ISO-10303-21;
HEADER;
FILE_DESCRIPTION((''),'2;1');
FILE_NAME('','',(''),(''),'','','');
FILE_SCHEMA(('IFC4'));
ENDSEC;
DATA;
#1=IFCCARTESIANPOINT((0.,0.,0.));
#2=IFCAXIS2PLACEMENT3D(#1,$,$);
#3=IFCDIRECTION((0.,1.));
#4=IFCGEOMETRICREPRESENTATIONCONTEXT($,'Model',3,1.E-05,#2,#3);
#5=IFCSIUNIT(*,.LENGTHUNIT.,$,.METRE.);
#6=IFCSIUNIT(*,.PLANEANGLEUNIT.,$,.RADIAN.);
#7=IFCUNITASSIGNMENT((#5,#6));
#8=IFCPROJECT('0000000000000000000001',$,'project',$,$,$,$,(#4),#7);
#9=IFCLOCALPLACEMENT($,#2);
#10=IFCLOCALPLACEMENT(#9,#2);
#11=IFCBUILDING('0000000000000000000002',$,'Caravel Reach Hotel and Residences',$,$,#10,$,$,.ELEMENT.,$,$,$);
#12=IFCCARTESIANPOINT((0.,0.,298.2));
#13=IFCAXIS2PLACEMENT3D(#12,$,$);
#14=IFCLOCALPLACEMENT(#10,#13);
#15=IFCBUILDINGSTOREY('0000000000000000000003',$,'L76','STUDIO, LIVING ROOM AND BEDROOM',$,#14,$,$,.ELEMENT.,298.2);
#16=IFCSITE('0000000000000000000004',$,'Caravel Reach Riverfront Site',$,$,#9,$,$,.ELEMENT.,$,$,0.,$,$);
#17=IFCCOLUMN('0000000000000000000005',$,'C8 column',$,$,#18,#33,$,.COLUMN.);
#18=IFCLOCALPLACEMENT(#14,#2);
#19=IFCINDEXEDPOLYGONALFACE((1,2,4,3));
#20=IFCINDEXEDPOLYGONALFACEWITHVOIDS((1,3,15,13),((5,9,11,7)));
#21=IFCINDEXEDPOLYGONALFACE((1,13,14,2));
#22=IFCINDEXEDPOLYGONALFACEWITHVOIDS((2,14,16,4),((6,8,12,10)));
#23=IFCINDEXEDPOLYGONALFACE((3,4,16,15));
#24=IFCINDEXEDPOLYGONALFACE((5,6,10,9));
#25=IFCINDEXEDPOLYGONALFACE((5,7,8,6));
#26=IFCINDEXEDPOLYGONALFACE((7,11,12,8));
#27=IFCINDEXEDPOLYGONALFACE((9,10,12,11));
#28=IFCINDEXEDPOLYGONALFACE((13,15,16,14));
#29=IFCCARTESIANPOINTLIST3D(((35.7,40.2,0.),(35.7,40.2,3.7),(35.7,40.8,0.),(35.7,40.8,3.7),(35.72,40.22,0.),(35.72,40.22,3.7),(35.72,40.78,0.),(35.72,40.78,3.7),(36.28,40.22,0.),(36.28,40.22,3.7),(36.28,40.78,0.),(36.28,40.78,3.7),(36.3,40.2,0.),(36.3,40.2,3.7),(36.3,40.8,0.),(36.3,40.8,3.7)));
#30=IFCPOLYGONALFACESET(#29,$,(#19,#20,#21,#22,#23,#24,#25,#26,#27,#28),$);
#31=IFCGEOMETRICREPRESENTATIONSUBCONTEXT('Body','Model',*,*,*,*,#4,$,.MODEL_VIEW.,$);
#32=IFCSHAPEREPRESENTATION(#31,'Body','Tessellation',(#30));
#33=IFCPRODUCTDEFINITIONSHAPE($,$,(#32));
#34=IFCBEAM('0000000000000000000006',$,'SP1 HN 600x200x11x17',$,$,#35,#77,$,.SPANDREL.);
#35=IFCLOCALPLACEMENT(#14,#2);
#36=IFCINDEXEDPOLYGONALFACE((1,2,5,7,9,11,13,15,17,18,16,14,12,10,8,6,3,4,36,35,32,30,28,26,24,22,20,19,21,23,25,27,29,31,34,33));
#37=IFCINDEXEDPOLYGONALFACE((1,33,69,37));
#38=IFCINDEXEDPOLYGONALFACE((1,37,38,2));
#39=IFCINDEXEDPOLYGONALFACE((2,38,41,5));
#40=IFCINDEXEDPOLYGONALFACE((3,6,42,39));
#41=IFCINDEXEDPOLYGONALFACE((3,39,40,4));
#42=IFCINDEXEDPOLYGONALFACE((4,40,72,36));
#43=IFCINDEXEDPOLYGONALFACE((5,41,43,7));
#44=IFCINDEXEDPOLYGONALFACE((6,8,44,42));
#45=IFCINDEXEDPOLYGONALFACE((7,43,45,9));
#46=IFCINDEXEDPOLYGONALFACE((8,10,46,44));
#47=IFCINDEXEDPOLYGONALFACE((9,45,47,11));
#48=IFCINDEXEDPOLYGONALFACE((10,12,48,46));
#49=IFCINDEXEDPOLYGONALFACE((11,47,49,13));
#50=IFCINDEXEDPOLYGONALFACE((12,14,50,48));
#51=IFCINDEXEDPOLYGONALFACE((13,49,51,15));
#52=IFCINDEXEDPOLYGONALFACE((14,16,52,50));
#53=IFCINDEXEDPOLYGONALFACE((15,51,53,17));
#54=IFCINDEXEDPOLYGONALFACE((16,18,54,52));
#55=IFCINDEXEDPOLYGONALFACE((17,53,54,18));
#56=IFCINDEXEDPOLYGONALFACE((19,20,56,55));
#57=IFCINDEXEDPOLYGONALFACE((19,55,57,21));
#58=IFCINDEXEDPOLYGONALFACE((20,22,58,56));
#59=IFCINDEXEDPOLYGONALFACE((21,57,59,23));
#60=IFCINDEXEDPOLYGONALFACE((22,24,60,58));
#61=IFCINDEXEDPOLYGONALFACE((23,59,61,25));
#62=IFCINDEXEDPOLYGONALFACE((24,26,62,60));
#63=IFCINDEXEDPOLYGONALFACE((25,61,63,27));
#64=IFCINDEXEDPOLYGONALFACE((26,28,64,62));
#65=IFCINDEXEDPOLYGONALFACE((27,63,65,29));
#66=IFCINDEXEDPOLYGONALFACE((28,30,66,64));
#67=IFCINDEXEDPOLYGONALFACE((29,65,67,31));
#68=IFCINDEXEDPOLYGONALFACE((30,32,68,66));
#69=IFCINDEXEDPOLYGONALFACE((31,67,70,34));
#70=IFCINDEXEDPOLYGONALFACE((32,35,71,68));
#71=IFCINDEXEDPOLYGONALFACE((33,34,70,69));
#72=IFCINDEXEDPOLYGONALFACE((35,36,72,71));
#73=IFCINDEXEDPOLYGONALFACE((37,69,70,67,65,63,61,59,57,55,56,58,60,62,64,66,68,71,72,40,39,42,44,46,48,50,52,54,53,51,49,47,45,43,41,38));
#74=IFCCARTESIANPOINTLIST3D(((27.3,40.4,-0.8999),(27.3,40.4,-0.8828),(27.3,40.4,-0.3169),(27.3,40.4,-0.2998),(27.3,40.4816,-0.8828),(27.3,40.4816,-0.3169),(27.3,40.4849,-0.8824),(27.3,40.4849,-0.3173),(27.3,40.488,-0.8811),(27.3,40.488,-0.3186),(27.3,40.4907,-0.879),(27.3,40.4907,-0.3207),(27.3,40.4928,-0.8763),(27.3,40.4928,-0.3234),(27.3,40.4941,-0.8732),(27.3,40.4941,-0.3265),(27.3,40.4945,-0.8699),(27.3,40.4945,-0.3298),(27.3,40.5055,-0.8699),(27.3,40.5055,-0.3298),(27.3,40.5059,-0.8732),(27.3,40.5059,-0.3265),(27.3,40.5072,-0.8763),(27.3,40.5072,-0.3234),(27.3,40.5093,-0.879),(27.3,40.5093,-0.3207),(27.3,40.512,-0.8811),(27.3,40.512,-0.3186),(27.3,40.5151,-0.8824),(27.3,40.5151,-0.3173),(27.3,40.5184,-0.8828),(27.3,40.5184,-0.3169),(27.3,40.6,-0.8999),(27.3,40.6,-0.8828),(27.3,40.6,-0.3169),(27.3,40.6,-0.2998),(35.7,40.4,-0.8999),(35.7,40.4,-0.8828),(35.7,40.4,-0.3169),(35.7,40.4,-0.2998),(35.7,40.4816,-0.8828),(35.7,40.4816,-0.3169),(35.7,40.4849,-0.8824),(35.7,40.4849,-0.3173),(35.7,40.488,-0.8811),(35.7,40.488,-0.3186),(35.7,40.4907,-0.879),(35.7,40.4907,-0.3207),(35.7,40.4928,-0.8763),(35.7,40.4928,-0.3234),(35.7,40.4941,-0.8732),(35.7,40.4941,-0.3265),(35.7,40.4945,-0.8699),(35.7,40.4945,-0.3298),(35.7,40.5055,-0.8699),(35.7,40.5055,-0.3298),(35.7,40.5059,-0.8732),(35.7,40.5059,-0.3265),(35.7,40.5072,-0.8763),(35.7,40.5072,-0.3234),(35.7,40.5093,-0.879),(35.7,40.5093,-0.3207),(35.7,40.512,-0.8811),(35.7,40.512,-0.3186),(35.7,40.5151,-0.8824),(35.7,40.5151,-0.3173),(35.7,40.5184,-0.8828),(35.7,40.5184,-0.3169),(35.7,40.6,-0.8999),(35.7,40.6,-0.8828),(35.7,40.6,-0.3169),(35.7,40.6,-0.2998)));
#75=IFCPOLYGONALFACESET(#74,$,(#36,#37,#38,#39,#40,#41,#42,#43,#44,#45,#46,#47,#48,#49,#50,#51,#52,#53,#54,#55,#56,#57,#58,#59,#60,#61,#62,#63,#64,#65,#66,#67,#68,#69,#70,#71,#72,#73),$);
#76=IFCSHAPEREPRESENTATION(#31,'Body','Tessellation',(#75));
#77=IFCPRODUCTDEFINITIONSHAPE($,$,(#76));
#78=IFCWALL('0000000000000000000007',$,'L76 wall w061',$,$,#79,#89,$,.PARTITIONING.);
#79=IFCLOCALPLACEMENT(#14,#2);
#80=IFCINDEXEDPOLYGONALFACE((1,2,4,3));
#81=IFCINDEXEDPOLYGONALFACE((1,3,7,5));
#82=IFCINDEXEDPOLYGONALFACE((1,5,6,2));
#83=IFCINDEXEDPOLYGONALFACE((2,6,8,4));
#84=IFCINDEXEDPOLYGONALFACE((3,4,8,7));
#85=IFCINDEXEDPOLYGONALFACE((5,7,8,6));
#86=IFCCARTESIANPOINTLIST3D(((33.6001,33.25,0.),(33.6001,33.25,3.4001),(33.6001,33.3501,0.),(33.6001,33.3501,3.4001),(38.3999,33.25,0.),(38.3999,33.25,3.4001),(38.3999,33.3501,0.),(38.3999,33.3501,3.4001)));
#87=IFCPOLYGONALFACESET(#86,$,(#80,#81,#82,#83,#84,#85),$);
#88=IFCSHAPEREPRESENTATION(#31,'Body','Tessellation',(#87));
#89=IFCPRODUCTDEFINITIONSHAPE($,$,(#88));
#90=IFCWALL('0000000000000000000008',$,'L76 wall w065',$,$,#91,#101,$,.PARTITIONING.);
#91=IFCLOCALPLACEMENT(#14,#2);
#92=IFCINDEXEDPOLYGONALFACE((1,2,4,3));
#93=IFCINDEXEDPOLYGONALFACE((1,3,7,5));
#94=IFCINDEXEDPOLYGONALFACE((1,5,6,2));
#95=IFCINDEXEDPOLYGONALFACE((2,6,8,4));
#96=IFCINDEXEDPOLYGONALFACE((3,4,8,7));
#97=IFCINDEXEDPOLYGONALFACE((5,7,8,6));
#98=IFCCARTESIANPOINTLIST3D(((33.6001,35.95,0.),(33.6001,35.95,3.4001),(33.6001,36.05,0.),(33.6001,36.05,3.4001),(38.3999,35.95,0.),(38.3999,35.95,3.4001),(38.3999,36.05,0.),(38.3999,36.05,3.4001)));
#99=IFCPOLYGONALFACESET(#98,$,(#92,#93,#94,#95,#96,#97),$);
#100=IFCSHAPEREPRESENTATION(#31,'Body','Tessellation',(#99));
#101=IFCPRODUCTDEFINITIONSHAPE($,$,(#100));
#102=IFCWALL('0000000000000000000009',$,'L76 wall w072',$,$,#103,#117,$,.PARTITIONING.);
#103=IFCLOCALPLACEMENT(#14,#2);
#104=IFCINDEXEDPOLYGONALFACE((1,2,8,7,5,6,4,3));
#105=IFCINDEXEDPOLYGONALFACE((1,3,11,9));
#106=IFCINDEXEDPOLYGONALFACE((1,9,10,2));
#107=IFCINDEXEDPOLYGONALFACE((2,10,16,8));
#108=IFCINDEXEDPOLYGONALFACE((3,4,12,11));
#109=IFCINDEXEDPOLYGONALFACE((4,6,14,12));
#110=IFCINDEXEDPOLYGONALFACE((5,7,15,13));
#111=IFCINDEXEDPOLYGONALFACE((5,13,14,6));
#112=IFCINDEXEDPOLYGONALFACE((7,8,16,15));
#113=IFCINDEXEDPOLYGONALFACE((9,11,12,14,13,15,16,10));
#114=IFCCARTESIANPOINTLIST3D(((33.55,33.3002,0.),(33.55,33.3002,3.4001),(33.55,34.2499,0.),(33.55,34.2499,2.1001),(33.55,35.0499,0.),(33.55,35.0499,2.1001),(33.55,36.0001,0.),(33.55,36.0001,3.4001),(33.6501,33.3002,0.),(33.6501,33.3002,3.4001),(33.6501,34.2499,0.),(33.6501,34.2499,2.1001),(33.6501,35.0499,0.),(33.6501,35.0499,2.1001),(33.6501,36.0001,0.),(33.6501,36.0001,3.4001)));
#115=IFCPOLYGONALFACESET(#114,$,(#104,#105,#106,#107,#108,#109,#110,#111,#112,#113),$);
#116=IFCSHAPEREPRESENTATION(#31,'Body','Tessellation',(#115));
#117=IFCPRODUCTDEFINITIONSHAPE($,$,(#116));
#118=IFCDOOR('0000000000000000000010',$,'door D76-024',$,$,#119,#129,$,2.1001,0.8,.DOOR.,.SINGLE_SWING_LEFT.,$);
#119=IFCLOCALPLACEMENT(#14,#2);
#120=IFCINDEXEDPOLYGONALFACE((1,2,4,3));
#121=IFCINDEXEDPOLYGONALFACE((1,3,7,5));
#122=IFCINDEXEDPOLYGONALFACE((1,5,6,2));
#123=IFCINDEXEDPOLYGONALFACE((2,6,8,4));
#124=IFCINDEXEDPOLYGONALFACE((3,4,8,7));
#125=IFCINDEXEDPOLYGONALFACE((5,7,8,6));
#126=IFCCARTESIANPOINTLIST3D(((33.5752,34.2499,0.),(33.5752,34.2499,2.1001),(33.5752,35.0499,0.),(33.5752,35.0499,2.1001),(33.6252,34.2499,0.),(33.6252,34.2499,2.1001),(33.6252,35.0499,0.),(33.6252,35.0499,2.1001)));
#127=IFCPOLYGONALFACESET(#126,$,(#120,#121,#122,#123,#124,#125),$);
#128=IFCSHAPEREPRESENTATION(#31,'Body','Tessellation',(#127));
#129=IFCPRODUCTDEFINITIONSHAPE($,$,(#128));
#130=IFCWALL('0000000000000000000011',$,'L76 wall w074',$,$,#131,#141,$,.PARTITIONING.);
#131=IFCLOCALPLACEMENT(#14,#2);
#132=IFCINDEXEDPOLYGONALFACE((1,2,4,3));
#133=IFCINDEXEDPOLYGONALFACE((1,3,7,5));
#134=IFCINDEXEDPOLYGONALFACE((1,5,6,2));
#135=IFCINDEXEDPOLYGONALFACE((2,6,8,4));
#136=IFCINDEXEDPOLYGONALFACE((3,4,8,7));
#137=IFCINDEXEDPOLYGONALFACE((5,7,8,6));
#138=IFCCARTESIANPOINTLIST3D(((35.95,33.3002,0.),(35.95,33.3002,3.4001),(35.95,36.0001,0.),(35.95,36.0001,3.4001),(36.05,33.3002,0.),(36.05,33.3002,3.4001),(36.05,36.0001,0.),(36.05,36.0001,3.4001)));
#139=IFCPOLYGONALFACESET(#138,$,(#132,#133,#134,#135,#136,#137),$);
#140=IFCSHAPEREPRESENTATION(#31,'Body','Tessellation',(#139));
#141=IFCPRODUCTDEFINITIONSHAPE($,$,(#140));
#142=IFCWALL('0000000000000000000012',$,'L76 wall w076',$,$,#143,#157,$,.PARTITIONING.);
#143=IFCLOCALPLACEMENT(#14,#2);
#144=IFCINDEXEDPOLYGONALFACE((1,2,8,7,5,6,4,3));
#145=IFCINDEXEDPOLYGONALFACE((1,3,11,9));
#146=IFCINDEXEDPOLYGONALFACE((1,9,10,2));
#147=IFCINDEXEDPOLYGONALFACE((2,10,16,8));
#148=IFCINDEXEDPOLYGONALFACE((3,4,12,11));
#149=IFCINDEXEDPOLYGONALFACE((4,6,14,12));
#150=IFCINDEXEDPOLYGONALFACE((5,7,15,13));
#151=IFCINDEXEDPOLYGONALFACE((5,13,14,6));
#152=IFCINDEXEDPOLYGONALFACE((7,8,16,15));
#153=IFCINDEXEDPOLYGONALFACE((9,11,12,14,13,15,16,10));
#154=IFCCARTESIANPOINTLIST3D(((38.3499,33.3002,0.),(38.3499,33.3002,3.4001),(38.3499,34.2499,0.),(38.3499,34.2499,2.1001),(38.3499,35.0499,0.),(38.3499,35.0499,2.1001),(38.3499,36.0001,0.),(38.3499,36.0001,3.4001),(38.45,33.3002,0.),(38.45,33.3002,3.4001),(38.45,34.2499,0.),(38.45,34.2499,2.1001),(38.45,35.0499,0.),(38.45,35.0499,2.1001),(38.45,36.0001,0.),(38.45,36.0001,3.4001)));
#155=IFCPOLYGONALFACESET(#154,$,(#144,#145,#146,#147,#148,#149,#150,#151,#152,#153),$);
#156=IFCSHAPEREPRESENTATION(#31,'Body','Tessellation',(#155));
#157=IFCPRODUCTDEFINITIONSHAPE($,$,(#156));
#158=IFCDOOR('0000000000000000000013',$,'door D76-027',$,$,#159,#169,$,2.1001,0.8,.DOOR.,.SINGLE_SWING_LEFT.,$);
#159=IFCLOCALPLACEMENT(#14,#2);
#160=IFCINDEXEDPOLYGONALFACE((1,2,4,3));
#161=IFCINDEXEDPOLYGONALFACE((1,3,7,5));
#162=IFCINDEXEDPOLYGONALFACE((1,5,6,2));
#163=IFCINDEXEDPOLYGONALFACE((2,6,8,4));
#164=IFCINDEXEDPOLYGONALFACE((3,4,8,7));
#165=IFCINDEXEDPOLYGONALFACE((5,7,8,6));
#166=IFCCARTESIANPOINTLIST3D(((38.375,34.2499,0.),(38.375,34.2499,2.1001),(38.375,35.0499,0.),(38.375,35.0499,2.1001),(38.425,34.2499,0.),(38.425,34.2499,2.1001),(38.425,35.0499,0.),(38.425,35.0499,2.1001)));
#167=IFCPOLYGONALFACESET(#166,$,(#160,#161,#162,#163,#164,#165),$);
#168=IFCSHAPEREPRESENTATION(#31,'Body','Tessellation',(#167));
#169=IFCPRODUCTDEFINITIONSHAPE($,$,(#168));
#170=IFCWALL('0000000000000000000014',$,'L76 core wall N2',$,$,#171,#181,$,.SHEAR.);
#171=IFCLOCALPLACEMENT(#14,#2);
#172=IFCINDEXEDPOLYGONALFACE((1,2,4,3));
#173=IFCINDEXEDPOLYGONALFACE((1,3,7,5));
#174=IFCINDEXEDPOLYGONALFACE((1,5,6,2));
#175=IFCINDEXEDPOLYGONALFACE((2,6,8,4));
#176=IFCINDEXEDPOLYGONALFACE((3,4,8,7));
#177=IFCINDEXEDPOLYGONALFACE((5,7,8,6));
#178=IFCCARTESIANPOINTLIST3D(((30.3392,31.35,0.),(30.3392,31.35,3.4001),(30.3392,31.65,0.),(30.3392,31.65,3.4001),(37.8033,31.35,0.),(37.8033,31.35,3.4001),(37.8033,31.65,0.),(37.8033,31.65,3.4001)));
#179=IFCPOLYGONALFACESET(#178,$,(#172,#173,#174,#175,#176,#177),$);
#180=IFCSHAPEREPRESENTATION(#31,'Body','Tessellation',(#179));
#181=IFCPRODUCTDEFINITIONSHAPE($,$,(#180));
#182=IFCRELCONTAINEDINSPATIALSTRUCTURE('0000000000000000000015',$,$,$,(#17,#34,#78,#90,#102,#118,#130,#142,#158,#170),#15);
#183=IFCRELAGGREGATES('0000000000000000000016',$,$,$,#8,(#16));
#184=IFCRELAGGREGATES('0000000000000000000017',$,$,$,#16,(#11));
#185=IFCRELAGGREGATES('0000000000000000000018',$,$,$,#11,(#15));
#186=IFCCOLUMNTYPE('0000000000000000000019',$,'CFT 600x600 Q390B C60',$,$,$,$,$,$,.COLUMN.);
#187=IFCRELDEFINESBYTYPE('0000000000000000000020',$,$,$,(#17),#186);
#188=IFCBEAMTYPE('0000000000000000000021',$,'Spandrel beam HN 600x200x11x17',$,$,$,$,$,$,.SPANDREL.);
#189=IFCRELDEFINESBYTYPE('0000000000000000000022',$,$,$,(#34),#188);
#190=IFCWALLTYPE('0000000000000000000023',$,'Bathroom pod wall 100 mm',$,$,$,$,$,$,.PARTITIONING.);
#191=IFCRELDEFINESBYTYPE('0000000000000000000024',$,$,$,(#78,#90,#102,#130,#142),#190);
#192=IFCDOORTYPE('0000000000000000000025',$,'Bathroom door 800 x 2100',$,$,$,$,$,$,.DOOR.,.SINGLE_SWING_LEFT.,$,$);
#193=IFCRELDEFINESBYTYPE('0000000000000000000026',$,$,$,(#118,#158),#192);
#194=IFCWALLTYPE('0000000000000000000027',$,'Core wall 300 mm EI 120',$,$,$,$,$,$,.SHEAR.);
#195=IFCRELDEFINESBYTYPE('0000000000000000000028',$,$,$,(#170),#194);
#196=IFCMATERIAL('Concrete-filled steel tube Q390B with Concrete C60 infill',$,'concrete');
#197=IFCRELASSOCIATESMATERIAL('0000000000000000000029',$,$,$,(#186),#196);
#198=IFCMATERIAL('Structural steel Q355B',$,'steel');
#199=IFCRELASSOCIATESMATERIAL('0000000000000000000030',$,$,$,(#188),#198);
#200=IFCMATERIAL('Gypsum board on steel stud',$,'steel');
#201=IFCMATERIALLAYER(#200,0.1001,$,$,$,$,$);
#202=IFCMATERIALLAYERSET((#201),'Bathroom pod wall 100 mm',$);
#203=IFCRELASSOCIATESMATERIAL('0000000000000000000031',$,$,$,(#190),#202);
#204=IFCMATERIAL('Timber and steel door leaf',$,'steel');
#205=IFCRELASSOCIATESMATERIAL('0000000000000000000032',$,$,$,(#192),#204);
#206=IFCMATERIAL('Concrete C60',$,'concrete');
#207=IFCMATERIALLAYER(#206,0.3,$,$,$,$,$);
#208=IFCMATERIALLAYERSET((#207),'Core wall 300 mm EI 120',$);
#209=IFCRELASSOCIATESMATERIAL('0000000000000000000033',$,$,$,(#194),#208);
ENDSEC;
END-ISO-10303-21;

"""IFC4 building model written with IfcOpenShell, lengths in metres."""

from ifc_helpers import new_model, si_unit, direction, frame, frame_2d, origin, origin_2d, place, context, subcontext, project, spatial, rectangle, hollow_rectangle, i_section, extrude, material, layer, layer_set, material_profile, profile_set, type_object, element, fill, save


model = new_model("IFC4")

# Units and contexts
model_context = context("Model", 3, precision=1e-05, world=origin(), true_north=direction((0.0, 1.0)))
body_context = subcontext(model_context, "Body", "Model", "MODEL_VIEW")
ifc_project = project(units=[si_unit("LENGTHUNIT", "METRE"), si_unit("PLANEANGLEUNIT", "RADIAN")], contexts=[model_context])

# Site, building, storey
site_placement = place(None, origin())
site = spatial("IfcSite", under=ifc_project, at=site_placement, Name="Caravel Reach Riverfront Site", CompositionType="ELEMENT", RefElevation=0.0)
building_placement = place(site_placement, origin())
building = spatial("IfcBuilding", under=site, at=building_placement, Name="Caravel Reach Hotel and Residences", CompositionType="ELEMENT")
storey_placement = place(building_placement, frame((0.0, 0.0, 298.2)))
storey = spatial("IfcBuildingStorey", under=building, at=storey_placement, Name="L76", Description="STUDIO, LIVING ROOM AND BEDROOM", CompositionType="ELEMENT", Elevation=298.2)

# Column
ifc_material_1 = material(Name="Concrete-filled steel tube Q390B with Concrete C60 infill", Category="concrete")
ifc_material_profile_1 = material_profile(ifc_material_1, hollow_rectangle(XDim=0.6001, YDim=0.6001, WallThickness=0.02, at=origin_2d()), Name="RHS 600x600x20")
ifc_profile_set_1 = profile_set([ifc_material_profile_1], Name="Concrete-filled steel tube Q390B with Concrete C60 infill")
column_type = type_object("IfcColumnType", Name="CFT 600x600 Q390B C60", PredefinedType="COLUMN", material=ifc_profile_set_1)
column_placement = place(storey_placement, frame((36.0, 40.5, 0.0), z_axis=(0.0, 0.0, 1.0), x_axis=(1.0, 0.0, 0.0)))
element("IfcColumn", 1, at=column_placement, inside=storey, type_object=column_type, Name="C8 column", PredefinedType="COLUMN", context=body_context, shape_type="SweptSolid", body=[
    extrude(hollow_rectangle(XDim=0.6001, YDim=0.6001, WallThickness=0.02, at=origin_2d()), origin(), (0.0, 0.0, 1.0), 3.7),
])

# Beam
ifc_material_2 = material(Name="Structural steel Q355B", Category="steel")
ifc_material_profile_2 = material_profile(ifc_material_2, i_section(OverallWidth=0.2, OverallDepth=0.6001, WebThickness=0.011, FlangeThickness=0.0171, FilletRadius=0.0129, at=origin_2d()), Name="HN 600x200x11x17")
ifc_profile_set_2 = profile_set([ifc_material_profile_2], Name="Structural steel Q355B")
beam_type = type_object("IfcBeamType", Name="Spandrel beam HN 600x200x11x17", PredefinedType="SPANDREL", material=ifc_profile_set_2)
beam_placement = place(storey_placement, frame((35.7, 40.5, -0.5999), z_axis=(-1.0, 0.0, 0.0), x_axis=(0.0, -1.0, 0.0)))
element("IfcBeam", 2, at=beam_placement, inside=storey, type_object=beam_type, Name="SP1 HN 600x200x11x17", PredefinedType="SPANDREL", context=body_context, shape_type="SweptSolid", body=[
    extrude(i_section(OverallWidth=0.2, OverallDepth=0.6001, WebThickness=0.011, FlangeThickness=0.0171, FilletRadius=0.0129, at=origin_2d()), origin(), (0.0, 0.0, 1.0), 8.3999),
])

# Walls
ifc_material_3 = material(Name="Gypsum board on steel stud", Category="steel")
ifc_layer_1 = layer(ifc_material_3, 0.1001)
ifc_layer_set_1 = layer_set([ifc_layer_1], Name="Bathroom pod wall 100 mm")
wall_type_1 = type_object("IfcWallType", Name="Bathroom pod wall 100 mm", PredefinedType="PARTITIONING", material=ifc_layer_set_1)
for number, where, z_axis, x_axis, name in (
    (3, (33.6001, 33.3, 0.0), (0.0, 0.0, 1.0), (1.0, 0.0, 0.0), "L76 wall w061"),
    (4, (33.6001, 36.0, 0.0), (0.0, 0.0, 1.0), (1.0, 0.0, 0.0), "L76 wall w065"),
):
    element("IfcWall", number, at=place(storey_placement, frame(where, z_axis=z_axis, x_axis=x_axis)), inside=storey, type_object=wall_type_1, Name=name, PredefinedType="PARTITIONING", context=body_context, shape_type="SweptSolid", body=[
        extrude(rectangle(XDim=4.7998, YDim=0.1001, at=frame_2d((2.3999, 0.0))), origin(), (0.0, 0.0, 1.0), 3.4001),
    ])

# Wall, opening, door
wall_1_placement = place(storey_placement, frame((33.6001, 33.3, 0.0), z_axis=(0.0, 0.0, 1.0), x_axis=(0.0, 1.0, 0.0)))
wall_1 = element("IfcWall", 5, at=wall_1_placement, inside=storey, type_object=wall_type_1, Name="L76 wall w072", PredefinedType="PARTITIONING", context=body_context, shape_type="SweptSolid", body=[
    extrude(rectangle(XDim=2.7, YDim=0.1001, at=frame_2d((1.3501, 0.0))), origin(), (0.0, 0.0, 1.0), 3.4001),
])
opening_1_placement = place(wall_1_placement, frame((0.95, 0.0, 0.0)))
opening_1 = element("IfcOpeningElement", 6, at=opening_1_placement, cuts=wall_1, PredefinedType="OPENING", context=body_context, shape_type="SweptSolid", body=[
    extrude(rectangle(XDim=0.8, YDim=2.1001, at=frame_2d((0.3999, 1.05))), frame((0.0, 0.0601, 0.0), z_axis=(0.0, -1.0, 0.0), x_axis=(1.0, 0.0, 0.0)), (0.0, 0.0, 1.0), 0.1201),
])
ifc_material_4 = material(Name="Timber and steel door leaf", Category="steel")
door_type_1 = type_object("IfcDoorType", Name="Bathroom door 800 x 2100", OperationType="SINGLE_SWING_LEFT", PredefinedType="DOOR", material=ifc_material_4)
door_1_placement = place(opening_1_placement, origin())
door_1 = element("IfcDoor", 7, at=door_1_placement, inside=storey, type_object=door_type_1, Name="door D76-024", OperationType="SINGLE_SWING_LEFT", OverallHeight=2.1001, OverallWidth=0.8, PredefinedType="DOOR", context=body_context, shape_type="SweptSolid", body=[
    extrude(rectangle(XDim=0.8, YDim=2.1001, at=frame_2d((0.3999, 1.05))), frame((0.0, 0.0249, 0.0), z_axis=(0.0, -1.0, 0.0), x_axis=(1.0, 0.0, 0.0)), (0.0, 0.0, 1.0), 0.05),
])
fill(opening_1, door_1)

# Wall
wall_2_placement = place(storey_placement, frame((36.0, 33.3, 0.0), z_axis=(0.0, 0.0, 1.0), x_axis=(0.0, 1.0, 0.0)))
element("IfcWall", 8, at=wall_2_placement, inside=storey, type_object=wall_type_1, Name="L76 wall w074", PredefinedType="PARTITIONING", context=body_context, shape_type="SweptSolid", body=[
    extrude(rectangle(XDim=2.7, YDim=0.1001, at=frame_2d((1.3501, 0.0))), origin(), (0.0, 0.0, 1.0), 3.4001),
])

# Wall, opening, door
wall_3_placement = place(storey_placement, frame((38.3999, 33.3, 0.0), z_axis=(0.0, 0.0, 1.0), x_axis=(0.0, 1.0, 0.0)))
wall_3 = element("IfcWall", 9, at=wall_3_placement, inside=storey, type_object=wall_type_1, Name="L76 wall w076", PredefinedType="PARTITIONING", context=body_context, shape_type="SweptSolid", body=[
    extrude(rectangle(XDim=2.7, YDim=0.1001, at=frame_2d((1.3501, 0.0))), origin(), (0.0, 0.0, 1.0), 3.4001),
])
opening_2_placement = place(wall_3_placement, frame((0.95, 0.0, 0.0)))
opening_2 = element("IfcOpeningElement", 10, at=opening_2_placement, cuts=wall_3, PredefinedType="OPENING", context=body_context, shape_type="SweptSolid", body=[
    extrude(rectangle(XDim=0.8, YDim=2.1001, at=frame_2d((0.3999, 1.05))), frame((0.0, 0.0601, 0.0), z_axis=(0.0, -1.0, 0.0), x_axis=(1.0, 0.0, 0.0)), (0.0, 0.0, 1.0), 0.1201),
])
door_2_placement = place(opening_2_placement, origin())
door_2 = element("IfcDoor", 11, at=door_2_placement, inside=storey, type_object=door_type_1, Name="door D76-027", OperationType="SINGLE_SWING_LEFT", OverallHeight=2.1001, OverallWidth=0.8, PredefinedType="DOOR", context=body_context, shape_type="SweptSolid", body=[
    extrude(rectangle(XDim=0.8, YDim=2.1001, at=frame_2d((0.3999, 1.05))), frame((0.0, 0.0249, 0.0), z_axis=(0.0, -1.0, 0.0), x_axis=(1.0, 0.0, 0.0)), (0.0, 0.0, 1.0), 0.05),
])
fill(opening_2, door_2)

# Wall
ifc_material_5 = material(Name="Concrete C60", Category="concrete")
ifc_layer_2 = layer(ifc_material_5, 0.3)
ifc_layer_set_2 = layer_set([ifc_layer_2], Name="Core wall 300 mm EI 120")
wall_type_2 = type_object("IfcWallType", Name="Core wall 300 mm EI 120", PredefinedType="SHEAR", material=ifc_layer_set_2)
wall_4_placement = place(storey_placement, frame((30.3394, 31.5, 0.0), z_axis=(0.0, 0.0, 1.0), x_axis=(1.0, 0.0, 0.0)))
element("IfcWall", 12, at=wall_4_placement, inside=storey, type_object=wall_type_2, Name="L76 core wall N2", PredefinedType="SHEAR", context=body_context, shape_type="SweptSolid", body=[
    extrude(rectangle(XDim=7.4641, YDim=0.3, at=frame_2d((3.7319, 0.0))), origin(), (0.0, 0.0, 1.0), 3.4001),
])

save(model, "model.ifc")
